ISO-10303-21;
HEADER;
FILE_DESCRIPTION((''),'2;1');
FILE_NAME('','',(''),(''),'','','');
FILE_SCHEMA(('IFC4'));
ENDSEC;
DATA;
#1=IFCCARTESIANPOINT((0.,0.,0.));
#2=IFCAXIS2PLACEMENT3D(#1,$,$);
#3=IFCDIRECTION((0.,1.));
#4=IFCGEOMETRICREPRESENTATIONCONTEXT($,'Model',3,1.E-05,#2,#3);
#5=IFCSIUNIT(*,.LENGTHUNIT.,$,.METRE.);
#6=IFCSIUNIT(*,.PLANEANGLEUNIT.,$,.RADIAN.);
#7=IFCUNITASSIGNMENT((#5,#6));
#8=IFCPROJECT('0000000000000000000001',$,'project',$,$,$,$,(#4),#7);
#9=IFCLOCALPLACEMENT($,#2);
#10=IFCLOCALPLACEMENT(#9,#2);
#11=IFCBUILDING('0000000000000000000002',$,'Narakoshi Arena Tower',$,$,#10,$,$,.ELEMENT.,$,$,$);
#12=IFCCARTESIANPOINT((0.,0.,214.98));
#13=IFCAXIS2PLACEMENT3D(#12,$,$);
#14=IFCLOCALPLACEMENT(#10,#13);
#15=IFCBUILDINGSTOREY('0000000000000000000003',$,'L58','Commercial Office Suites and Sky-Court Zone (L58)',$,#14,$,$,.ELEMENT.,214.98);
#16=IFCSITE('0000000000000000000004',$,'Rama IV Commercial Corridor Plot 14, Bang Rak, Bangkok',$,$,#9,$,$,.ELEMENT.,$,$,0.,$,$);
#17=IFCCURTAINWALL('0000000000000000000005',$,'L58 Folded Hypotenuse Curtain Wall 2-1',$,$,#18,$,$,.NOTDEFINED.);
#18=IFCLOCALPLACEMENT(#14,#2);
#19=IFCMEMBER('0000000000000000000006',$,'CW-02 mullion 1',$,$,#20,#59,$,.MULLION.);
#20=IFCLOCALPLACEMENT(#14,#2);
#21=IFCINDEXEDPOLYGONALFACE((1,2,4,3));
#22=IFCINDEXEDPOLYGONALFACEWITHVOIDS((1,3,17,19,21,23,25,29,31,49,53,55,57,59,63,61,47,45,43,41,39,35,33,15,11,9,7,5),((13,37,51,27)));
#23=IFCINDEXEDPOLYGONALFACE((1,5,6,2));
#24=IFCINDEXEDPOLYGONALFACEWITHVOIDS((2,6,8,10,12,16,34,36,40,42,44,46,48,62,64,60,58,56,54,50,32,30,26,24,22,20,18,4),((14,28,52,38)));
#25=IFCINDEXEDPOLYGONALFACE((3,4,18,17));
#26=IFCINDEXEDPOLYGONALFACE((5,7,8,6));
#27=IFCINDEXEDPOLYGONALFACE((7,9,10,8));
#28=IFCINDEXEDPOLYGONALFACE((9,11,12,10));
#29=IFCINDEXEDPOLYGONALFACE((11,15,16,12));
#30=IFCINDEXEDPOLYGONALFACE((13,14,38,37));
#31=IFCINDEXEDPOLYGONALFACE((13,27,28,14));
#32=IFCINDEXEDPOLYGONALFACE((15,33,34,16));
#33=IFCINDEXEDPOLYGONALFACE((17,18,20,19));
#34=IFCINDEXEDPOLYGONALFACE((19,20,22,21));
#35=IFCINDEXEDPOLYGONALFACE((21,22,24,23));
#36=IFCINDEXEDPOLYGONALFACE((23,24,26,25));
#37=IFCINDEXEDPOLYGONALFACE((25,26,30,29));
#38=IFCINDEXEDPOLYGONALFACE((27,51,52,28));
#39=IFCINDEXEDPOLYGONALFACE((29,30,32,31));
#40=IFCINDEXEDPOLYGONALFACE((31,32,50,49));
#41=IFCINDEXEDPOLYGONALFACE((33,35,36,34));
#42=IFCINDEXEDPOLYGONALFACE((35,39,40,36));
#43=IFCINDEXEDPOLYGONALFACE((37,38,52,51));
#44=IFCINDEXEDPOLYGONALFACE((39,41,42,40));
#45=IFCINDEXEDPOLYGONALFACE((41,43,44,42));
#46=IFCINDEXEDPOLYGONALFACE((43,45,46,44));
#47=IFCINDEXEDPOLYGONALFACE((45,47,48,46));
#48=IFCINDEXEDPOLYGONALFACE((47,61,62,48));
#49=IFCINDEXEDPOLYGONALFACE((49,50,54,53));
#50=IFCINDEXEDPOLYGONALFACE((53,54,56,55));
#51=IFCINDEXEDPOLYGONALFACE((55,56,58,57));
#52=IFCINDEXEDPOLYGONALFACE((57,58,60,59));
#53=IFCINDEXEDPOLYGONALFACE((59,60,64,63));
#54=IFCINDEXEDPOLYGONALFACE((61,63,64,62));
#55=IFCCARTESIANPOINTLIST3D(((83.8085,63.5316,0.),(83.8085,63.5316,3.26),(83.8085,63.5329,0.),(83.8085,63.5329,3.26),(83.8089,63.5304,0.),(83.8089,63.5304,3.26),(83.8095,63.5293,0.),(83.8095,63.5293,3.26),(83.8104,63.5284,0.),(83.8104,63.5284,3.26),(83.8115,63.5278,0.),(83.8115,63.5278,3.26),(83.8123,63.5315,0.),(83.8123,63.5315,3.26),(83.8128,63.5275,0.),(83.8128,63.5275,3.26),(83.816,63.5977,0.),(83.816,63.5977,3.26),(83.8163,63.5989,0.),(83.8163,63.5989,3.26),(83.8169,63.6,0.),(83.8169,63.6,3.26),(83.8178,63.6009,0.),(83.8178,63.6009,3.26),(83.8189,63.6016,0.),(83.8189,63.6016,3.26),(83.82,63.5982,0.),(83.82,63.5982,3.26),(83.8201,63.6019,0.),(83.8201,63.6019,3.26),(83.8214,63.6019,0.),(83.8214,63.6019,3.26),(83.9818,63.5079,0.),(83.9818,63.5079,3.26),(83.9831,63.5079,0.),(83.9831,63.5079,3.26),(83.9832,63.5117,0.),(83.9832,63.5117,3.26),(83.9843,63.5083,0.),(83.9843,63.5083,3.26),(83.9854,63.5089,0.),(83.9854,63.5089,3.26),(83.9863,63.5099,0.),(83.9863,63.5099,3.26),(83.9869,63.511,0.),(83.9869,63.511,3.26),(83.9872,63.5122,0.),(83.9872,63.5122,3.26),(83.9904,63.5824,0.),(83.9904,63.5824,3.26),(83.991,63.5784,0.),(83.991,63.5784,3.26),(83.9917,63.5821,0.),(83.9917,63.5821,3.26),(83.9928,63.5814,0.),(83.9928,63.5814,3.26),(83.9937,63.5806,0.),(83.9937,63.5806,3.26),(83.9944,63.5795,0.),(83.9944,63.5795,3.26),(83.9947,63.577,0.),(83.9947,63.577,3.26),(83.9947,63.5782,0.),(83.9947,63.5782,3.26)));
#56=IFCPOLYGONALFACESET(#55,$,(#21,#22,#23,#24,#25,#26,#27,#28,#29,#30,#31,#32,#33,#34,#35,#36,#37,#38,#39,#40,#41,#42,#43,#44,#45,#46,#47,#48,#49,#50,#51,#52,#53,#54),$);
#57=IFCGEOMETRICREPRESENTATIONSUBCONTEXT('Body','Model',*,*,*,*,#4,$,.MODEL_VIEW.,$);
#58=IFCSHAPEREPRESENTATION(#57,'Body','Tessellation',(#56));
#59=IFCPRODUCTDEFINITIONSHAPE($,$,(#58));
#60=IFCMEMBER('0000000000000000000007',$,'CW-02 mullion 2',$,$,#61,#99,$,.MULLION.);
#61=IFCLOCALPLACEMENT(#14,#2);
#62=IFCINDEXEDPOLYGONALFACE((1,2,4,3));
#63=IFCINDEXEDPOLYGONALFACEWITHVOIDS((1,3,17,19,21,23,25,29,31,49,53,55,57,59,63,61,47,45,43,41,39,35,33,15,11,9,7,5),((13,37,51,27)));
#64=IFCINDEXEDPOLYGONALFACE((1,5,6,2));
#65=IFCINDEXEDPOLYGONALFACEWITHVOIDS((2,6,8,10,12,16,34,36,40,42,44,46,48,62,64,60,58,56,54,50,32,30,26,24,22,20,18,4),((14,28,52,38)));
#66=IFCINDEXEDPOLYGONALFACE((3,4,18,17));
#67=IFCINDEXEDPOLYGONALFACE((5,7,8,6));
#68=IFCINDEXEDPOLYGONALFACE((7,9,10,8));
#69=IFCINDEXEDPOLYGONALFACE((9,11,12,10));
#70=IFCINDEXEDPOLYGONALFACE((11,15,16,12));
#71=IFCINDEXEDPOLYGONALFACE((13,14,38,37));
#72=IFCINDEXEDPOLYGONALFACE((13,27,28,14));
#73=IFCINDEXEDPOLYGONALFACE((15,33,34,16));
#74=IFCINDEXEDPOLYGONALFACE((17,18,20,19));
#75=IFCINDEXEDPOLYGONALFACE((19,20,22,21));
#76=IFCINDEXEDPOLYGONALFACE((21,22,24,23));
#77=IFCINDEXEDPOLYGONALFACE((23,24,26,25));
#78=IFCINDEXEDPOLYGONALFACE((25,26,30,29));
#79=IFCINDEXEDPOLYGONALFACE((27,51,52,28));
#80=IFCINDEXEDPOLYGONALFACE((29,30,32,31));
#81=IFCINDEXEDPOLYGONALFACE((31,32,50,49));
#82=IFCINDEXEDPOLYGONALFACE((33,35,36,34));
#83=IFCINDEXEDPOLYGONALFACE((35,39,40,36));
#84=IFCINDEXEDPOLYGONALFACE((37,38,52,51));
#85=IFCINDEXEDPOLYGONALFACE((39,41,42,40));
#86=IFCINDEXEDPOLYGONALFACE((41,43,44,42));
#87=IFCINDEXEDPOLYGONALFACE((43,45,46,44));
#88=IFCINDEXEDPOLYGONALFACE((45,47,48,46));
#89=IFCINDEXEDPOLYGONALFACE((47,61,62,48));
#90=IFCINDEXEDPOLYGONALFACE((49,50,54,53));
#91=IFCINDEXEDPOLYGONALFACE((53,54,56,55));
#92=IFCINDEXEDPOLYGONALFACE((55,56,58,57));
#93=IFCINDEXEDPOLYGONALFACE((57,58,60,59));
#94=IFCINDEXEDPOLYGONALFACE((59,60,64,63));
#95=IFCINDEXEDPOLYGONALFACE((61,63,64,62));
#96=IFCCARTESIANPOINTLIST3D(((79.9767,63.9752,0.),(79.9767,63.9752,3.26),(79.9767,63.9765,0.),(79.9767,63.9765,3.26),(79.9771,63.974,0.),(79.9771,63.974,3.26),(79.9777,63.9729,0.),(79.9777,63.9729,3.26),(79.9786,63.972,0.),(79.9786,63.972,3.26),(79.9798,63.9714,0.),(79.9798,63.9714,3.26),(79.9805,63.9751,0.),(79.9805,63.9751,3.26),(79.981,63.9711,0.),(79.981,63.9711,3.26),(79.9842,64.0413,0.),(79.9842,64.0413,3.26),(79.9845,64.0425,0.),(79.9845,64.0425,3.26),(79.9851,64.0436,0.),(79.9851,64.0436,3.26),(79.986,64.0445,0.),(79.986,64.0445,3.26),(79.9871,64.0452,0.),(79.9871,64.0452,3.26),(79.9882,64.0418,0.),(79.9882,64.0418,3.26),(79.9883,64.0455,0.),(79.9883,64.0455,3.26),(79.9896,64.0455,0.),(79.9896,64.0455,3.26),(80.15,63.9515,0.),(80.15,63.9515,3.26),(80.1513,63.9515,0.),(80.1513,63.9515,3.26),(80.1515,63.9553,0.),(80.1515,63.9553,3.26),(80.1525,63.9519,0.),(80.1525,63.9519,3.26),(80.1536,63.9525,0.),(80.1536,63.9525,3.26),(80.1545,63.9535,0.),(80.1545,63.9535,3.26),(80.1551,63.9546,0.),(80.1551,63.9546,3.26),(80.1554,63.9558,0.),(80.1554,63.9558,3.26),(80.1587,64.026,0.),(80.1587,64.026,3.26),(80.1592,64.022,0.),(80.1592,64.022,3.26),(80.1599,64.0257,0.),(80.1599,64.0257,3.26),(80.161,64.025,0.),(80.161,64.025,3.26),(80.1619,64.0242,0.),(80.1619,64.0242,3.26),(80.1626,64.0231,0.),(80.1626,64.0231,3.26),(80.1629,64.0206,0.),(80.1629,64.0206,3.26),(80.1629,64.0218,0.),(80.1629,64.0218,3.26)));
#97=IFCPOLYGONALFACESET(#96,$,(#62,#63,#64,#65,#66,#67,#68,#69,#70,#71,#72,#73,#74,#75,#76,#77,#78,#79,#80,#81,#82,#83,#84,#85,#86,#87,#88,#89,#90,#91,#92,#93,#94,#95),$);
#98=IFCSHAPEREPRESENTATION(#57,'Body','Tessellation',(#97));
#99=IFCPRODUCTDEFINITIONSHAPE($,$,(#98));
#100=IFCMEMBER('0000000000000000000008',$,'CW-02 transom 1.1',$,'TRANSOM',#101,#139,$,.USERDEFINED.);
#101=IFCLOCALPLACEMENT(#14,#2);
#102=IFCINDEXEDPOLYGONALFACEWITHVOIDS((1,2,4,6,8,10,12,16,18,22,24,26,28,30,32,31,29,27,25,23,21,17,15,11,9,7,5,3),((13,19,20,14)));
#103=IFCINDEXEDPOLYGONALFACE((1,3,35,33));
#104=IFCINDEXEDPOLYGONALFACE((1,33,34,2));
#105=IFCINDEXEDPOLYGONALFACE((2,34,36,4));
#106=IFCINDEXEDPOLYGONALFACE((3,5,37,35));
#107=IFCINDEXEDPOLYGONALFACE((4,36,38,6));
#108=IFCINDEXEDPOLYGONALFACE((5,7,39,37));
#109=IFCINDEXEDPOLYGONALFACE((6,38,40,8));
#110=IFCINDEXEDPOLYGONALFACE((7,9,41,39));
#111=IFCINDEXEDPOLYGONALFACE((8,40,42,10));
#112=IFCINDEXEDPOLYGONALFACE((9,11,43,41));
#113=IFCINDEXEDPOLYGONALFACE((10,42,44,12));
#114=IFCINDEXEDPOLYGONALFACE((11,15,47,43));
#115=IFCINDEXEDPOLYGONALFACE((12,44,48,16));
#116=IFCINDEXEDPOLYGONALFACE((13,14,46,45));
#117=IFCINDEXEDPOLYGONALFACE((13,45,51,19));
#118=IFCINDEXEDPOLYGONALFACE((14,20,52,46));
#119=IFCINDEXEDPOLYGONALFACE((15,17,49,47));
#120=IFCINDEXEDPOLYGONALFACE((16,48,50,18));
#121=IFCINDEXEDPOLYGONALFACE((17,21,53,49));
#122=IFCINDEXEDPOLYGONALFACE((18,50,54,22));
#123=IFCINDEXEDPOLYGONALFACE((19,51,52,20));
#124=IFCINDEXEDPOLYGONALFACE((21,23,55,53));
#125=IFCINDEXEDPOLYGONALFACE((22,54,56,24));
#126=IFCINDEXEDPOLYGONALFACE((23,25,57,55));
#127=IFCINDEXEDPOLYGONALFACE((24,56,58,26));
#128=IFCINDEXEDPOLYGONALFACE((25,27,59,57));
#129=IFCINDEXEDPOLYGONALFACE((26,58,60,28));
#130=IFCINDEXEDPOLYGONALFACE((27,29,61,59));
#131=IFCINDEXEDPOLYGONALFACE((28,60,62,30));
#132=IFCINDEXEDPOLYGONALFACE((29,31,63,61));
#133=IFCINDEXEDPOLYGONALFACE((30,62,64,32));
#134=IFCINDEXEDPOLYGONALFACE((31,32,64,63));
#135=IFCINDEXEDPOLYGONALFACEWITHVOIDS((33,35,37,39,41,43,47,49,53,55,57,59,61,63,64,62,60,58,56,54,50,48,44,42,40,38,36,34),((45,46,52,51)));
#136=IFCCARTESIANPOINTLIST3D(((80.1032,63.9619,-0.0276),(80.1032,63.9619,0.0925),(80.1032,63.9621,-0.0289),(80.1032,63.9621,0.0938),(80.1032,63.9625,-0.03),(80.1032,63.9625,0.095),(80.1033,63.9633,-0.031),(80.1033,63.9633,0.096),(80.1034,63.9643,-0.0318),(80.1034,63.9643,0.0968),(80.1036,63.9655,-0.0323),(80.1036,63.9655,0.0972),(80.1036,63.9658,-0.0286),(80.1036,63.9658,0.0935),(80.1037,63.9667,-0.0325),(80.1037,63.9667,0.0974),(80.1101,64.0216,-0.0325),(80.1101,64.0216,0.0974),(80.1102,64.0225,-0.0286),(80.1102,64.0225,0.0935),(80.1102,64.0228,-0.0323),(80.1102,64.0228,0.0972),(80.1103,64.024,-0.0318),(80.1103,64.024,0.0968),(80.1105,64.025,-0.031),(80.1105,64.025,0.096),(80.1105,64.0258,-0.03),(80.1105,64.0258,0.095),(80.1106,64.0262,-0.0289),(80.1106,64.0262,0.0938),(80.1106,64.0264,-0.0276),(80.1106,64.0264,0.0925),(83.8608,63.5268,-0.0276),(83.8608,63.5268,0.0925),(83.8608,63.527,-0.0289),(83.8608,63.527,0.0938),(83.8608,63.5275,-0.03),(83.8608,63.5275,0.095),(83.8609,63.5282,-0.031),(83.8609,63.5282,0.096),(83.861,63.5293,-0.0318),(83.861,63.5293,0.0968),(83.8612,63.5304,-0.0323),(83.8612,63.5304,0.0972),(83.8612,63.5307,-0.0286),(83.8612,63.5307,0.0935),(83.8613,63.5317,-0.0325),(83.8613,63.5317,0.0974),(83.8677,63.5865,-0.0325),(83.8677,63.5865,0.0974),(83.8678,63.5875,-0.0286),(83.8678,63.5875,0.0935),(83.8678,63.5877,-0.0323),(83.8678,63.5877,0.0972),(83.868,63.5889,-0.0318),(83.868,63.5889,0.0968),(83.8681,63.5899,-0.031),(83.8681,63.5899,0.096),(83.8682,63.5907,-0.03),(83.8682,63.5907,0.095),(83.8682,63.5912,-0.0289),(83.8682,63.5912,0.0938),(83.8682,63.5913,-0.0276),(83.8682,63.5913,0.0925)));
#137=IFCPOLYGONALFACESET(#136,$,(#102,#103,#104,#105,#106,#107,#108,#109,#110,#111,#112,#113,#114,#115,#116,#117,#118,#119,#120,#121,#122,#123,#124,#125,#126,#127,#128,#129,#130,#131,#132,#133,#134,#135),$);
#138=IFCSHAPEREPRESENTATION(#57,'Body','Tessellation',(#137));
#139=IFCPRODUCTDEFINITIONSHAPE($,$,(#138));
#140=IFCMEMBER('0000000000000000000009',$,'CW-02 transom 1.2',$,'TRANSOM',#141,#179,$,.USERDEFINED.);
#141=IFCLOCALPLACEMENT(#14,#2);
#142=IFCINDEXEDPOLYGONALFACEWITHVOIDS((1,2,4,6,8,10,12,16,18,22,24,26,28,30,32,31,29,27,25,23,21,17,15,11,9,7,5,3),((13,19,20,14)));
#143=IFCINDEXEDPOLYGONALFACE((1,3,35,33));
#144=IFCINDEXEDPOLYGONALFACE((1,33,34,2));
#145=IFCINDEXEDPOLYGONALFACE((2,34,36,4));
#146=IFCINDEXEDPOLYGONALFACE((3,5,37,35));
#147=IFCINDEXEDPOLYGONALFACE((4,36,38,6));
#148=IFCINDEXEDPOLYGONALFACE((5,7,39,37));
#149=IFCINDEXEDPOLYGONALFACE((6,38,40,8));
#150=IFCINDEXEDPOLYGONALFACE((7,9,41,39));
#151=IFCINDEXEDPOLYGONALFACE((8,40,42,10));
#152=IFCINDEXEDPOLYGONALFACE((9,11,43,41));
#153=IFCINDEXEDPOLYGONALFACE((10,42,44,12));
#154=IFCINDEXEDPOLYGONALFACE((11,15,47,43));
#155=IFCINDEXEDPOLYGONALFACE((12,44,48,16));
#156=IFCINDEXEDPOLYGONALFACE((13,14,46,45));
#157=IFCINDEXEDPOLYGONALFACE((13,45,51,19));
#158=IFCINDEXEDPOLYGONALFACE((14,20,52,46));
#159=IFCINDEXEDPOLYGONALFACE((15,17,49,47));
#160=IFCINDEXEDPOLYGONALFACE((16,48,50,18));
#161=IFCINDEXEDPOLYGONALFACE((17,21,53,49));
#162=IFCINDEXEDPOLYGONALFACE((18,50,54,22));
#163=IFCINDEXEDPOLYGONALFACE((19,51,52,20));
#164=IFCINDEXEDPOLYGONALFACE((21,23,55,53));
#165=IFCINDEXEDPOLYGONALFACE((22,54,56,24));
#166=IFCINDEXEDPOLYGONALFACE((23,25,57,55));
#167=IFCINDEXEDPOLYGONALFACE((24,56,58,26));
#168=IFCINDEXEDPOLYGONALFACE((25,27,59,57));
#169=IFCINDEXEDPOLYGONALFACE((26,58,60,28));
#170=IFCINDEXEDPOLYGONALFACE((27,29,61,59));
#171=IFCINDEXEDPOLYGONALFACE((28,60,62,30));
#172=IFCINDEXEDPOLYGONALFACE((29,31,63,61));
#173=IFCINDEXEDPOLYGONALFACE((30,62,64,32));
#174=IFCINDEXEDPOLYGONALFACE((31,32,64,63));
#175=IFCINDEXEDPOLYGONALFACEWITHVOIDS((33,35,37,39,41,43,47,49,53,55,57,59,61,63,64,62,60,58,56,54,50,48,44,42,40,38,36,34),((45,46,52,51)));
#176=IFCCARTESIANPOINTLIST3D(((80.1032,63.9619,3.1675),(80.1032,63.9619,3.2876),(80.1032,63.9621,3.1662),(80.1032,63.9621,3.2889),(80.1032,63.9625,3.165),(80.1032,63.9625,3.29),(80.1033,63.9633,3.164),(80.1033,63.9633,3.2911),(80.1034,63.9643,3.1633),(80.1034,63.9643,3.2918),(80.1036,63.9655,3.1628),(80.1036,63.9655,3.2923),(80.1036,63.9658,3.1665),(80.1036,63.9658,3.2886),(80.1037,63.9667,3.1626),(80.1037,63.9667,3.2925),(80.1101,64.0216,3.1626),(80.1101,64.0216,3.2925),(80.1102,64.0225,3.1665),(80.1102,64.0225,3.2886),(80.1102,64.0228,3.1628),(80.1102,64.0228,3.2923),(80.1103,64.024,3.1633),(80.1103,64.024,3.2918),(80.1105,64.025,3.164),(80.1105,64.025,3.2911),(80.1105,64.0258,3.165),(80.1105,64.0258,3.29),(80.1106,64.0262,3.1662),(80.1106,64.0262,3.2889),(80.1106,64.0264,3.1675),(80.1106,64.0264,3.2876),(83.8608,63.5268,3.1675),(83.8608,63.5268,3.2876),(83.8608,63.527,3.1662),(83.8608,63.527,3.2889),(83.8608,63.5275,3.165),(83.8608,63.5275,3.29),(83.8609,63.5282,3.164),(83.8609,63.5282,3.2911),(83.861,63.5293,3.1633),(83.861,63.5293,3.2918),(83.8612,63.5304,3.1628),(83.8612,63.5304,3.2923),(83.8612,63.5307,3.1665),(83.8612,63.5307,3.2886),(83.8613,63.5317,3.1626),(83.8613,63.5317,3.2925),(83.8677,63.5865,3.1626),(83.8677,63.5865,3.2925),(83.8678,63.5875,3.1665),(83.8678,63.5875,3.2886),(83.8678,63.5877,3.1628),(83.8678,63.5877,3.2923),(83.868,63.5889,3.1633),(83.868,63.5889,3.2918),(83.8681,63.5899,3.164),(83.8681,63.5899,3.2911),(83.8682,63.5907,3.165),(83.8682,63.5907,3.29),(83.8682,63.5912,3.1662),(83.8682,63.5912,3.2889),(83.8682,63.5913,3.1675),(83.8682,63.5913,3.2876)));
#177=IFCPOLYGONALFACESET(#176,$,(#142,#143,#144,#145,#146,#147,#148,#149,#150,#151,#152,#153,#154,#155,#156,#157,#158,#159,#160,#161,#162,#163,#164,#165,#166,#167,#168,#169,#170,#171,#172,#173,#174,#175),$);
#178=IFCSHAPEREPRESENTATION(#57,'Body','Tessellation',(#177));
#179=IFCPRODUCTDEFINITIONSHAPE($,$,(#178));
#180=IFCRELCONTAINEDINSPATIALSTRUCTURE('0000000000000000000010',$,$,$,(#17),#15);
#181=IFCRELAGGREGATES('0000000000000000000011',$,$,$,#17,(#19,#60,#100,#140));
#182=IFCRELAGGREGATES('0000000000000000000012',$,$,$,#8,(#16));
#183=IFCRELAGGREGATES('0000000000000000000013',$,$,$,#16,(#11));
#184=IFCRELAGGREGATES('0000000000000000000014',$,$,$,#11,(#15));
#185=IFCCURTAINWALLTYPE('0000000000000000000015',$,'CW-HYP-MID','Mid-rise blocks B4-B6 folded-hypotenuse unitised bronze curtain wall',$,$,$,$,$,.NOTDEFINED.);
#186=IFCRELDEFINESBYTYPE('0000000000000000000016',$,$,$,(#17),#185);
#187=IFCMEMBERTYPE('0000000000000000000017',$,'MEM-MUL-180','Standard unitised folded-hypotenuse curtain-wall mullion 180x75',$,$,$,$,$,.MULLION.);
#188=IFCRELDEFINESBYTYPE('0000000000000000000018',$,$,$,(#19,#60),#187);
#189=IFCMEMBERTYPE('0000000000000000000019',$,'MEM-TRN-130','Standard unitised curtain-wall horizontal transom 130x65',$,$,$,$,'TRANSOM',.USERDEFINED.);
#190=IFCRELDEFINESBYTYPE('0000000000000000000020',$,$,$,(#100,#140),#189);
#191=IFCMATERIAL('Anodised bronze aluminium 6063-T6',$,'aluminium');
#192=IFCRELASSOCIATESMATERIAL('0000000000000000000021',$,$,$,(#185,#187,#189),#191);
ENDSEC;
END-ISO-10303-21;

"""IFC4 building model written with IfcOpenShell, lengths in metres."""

from ifc_helpers import new_model, si_unit, direction, frame, origin, origin_2d, place, context, subcontext, project, spatial, hollow_rectangle, extrude, material, material_profile, profile_set, type_object, element, aggregate, save


model = new_model("IFC4")

# Units and contexts
model_context = context("Model", 3, precision=1e-05, world=origin(), true_north=direction((0.0, 1.0)))
body_context = subcontext(model_context, "Body", "Model", "MODEL_VIEW")
ifc_project = project(units=[si_unit("LENGTHUNIT", "METRE"), si_unit("PLANEANGLEUNIT", "RADIAN")], contexts=[model_context])

# Site, building, storey
site_placement = place(None, origin())
site = spatial("IfcSite", under=ifc_project, at=site_placement, Name="Rama IV Commercial Corridor Plot 14, Bang Rak, Bangkok", CompositionType="ELEMENT", RefElevation=0.0)
building_placement = place(site_placement, origin())
building = spatial("IfcBuilding", under=site, at=building_placement, Name="Narakoshi Arena Tower", CompositionType="ELEMENT")
storey_placement = place(building_placement, frame((0.0, 0.0, 214.98)))
storey = spatial("IfcBuildingStorey", under=building, at=storey_placement, Name="L58", Description="Commercial Office Suites and Sky-Court Zone (L58)", CompositionType="ELEMENT", Elevation=214.98)

# Curtain wall, members
ifc_material_1 = material(Name="Anodised bronze aluminium 6063-T6", Category="aluminium")
curtain_wall_type = type_object("IfcCurtainWallType", Name="CW-HYP-MID", Description="Mid-rise blocks B4-B6 folded-hypotenuse unitised bronze curtain wall", PredefinedType="NOTDEFINED", material=ifc_material_1)
curtain_wall_placement = place(storey_placement, origin())
curtain_wall = element("IfcCurtainWall", 1, at=curtain_wall_placement, inside=storey, type_object=curtain_wall_type, Name="L58 Folded Hypotenuse Curtain Wall 2-1", PredefinedType="NOTDEFINED")
ifc_material_profile_1 = material_profile(ifc_material_1, hollow_rectangle(XDim=0.075, YDim=0.1799, WallThickness=0.0039, OuterFilletRadius=0.0049, at=origin_2d()), Name="MUL180x75x4")
ifc_profile_set_1 = profile_set([ifc_material_profile_1], Name="Anodised bronze aluminium 6063-T6")
member_type_1 = type_object("IfcMemberType", Name="MEM-MUL-180", Description="Standard unitised folded-hypotenuse curtain-wall mullion 180x75", PredefinedType="MULLION", material=ifc_profile_set_1)
member_1_placement = place(storey_placement, frame((83.9016, 63.5549, 0.0), z_axis=(0.0, 0.0, 1.0), x_axis=(-0.115011, -0.993364, 0.0)))
member_1 = element("IfcMember", 2, at=member_1_placement, type_object=member_type_1, Name="CW-02 mullion 1", PredefinedType="MULLION", context=body_context, shape_type="SweptSolid", body=[
    extrude(hollow_rectangle(XDim=0.075, YDim=0.1799, WallThickness=0.0039, OuterFilletRadius=0.0049, at=origin_2d()), origin(), (0.0, 0.0, 1.0), 3.26),
])
member_2_placement = place(storey_placement, frame((80.0698, 63.9985, 0.0), z_axis=(0.0, 0.0, 1.0), x_axis=(-0.115011, -0.993364, 0.0)))
member_2 = element("IfcMember", 3, at=member_2_placement, type_object=member_type_1, Name="CW-02 mullion 2", PredefinedType="MULLION", context=body_context, shape_type="SweptSolid", body=[
    extrude(hollow_rectangle(XDim=0.075, YDim=0.1799, WallThickness=0.0039, OuterFilletRadius=0.0049, at=origin_2d()), origin(), (0.0, 0.0, 1.0), 3.26),
])
ifc_material_profile_2 = material_profile(ifc_material_1, hollow_rectangle(XDim=0.0649, YDim=0.1299, WallThickness=0.0039, OuterFilletRadius=0.0049, at=origin_2d()), Name="TRN130x65x4")
ifc_profile_set_2 = profile_set([ifc_material_profile_2], Name="Anodised bronze aluminium 6063-T6")
member_type_2 = type_object("IfcMemberType", Name="MEM-TRN-130", Description="Standard unitised curtain-wall horizontal transom 130x65", ElementType="TRANSOM", PredefinedType="USERDEFINED", material=ifc_profile_set_2)
member_3_placement = place(storey_placement, frame((83.8645, 63.5591, 0.0325), z_axis=(-0.993364, 0.115014, 0.0), x_axis=(-0.115014, -0.993364, 0.0)))
member_3 = element("IfcMember", 4, at=member_3_placement, type_object=member_type_2, Name="CW-02 transom 1.1", ObjectType="TRANSOM", PredefinedType="USERDEFINED", context=body_context, shape_type="SweptSolid", body=[
    extrude(hollow_rectangle(XDim=0.0649, YDim=0.1299, WallThickness=0.0039, OuterFilletRadius=0.0049, at=origin_2d()), origin(), (0.0, 0.0, 1.0), 3.7827),
])
member_4_placement = place(storey_placement, frame((83.8645, 63.5591, 3.2275), z_axis=(-0.993364, 0.115014, 0.0), x_axis=(-0.115014, -0.993364, 0.0)))
member_4 = element("IfcMember", 5, at=member_4_placement, type_object=member_type_2, Name="CW-02 transom 1.2", ObjectType="TRANSOM", PredefinedType="USERDEFINED", context=body_context, shape_type="SweptSolid", body=[
    extrude(hollow_rectangle(XDim=0.0649, YDim=0.1299, WallThickness=0.0039, OuterFilletRadius=0.0049, at=origin_2d()), origin(), (0.0, 0.0, 1.0), 3.7827),
])
aggregate(curtain_wall, [member_1, member_2, member_3, member_4])

save(model, "model.ifc")
